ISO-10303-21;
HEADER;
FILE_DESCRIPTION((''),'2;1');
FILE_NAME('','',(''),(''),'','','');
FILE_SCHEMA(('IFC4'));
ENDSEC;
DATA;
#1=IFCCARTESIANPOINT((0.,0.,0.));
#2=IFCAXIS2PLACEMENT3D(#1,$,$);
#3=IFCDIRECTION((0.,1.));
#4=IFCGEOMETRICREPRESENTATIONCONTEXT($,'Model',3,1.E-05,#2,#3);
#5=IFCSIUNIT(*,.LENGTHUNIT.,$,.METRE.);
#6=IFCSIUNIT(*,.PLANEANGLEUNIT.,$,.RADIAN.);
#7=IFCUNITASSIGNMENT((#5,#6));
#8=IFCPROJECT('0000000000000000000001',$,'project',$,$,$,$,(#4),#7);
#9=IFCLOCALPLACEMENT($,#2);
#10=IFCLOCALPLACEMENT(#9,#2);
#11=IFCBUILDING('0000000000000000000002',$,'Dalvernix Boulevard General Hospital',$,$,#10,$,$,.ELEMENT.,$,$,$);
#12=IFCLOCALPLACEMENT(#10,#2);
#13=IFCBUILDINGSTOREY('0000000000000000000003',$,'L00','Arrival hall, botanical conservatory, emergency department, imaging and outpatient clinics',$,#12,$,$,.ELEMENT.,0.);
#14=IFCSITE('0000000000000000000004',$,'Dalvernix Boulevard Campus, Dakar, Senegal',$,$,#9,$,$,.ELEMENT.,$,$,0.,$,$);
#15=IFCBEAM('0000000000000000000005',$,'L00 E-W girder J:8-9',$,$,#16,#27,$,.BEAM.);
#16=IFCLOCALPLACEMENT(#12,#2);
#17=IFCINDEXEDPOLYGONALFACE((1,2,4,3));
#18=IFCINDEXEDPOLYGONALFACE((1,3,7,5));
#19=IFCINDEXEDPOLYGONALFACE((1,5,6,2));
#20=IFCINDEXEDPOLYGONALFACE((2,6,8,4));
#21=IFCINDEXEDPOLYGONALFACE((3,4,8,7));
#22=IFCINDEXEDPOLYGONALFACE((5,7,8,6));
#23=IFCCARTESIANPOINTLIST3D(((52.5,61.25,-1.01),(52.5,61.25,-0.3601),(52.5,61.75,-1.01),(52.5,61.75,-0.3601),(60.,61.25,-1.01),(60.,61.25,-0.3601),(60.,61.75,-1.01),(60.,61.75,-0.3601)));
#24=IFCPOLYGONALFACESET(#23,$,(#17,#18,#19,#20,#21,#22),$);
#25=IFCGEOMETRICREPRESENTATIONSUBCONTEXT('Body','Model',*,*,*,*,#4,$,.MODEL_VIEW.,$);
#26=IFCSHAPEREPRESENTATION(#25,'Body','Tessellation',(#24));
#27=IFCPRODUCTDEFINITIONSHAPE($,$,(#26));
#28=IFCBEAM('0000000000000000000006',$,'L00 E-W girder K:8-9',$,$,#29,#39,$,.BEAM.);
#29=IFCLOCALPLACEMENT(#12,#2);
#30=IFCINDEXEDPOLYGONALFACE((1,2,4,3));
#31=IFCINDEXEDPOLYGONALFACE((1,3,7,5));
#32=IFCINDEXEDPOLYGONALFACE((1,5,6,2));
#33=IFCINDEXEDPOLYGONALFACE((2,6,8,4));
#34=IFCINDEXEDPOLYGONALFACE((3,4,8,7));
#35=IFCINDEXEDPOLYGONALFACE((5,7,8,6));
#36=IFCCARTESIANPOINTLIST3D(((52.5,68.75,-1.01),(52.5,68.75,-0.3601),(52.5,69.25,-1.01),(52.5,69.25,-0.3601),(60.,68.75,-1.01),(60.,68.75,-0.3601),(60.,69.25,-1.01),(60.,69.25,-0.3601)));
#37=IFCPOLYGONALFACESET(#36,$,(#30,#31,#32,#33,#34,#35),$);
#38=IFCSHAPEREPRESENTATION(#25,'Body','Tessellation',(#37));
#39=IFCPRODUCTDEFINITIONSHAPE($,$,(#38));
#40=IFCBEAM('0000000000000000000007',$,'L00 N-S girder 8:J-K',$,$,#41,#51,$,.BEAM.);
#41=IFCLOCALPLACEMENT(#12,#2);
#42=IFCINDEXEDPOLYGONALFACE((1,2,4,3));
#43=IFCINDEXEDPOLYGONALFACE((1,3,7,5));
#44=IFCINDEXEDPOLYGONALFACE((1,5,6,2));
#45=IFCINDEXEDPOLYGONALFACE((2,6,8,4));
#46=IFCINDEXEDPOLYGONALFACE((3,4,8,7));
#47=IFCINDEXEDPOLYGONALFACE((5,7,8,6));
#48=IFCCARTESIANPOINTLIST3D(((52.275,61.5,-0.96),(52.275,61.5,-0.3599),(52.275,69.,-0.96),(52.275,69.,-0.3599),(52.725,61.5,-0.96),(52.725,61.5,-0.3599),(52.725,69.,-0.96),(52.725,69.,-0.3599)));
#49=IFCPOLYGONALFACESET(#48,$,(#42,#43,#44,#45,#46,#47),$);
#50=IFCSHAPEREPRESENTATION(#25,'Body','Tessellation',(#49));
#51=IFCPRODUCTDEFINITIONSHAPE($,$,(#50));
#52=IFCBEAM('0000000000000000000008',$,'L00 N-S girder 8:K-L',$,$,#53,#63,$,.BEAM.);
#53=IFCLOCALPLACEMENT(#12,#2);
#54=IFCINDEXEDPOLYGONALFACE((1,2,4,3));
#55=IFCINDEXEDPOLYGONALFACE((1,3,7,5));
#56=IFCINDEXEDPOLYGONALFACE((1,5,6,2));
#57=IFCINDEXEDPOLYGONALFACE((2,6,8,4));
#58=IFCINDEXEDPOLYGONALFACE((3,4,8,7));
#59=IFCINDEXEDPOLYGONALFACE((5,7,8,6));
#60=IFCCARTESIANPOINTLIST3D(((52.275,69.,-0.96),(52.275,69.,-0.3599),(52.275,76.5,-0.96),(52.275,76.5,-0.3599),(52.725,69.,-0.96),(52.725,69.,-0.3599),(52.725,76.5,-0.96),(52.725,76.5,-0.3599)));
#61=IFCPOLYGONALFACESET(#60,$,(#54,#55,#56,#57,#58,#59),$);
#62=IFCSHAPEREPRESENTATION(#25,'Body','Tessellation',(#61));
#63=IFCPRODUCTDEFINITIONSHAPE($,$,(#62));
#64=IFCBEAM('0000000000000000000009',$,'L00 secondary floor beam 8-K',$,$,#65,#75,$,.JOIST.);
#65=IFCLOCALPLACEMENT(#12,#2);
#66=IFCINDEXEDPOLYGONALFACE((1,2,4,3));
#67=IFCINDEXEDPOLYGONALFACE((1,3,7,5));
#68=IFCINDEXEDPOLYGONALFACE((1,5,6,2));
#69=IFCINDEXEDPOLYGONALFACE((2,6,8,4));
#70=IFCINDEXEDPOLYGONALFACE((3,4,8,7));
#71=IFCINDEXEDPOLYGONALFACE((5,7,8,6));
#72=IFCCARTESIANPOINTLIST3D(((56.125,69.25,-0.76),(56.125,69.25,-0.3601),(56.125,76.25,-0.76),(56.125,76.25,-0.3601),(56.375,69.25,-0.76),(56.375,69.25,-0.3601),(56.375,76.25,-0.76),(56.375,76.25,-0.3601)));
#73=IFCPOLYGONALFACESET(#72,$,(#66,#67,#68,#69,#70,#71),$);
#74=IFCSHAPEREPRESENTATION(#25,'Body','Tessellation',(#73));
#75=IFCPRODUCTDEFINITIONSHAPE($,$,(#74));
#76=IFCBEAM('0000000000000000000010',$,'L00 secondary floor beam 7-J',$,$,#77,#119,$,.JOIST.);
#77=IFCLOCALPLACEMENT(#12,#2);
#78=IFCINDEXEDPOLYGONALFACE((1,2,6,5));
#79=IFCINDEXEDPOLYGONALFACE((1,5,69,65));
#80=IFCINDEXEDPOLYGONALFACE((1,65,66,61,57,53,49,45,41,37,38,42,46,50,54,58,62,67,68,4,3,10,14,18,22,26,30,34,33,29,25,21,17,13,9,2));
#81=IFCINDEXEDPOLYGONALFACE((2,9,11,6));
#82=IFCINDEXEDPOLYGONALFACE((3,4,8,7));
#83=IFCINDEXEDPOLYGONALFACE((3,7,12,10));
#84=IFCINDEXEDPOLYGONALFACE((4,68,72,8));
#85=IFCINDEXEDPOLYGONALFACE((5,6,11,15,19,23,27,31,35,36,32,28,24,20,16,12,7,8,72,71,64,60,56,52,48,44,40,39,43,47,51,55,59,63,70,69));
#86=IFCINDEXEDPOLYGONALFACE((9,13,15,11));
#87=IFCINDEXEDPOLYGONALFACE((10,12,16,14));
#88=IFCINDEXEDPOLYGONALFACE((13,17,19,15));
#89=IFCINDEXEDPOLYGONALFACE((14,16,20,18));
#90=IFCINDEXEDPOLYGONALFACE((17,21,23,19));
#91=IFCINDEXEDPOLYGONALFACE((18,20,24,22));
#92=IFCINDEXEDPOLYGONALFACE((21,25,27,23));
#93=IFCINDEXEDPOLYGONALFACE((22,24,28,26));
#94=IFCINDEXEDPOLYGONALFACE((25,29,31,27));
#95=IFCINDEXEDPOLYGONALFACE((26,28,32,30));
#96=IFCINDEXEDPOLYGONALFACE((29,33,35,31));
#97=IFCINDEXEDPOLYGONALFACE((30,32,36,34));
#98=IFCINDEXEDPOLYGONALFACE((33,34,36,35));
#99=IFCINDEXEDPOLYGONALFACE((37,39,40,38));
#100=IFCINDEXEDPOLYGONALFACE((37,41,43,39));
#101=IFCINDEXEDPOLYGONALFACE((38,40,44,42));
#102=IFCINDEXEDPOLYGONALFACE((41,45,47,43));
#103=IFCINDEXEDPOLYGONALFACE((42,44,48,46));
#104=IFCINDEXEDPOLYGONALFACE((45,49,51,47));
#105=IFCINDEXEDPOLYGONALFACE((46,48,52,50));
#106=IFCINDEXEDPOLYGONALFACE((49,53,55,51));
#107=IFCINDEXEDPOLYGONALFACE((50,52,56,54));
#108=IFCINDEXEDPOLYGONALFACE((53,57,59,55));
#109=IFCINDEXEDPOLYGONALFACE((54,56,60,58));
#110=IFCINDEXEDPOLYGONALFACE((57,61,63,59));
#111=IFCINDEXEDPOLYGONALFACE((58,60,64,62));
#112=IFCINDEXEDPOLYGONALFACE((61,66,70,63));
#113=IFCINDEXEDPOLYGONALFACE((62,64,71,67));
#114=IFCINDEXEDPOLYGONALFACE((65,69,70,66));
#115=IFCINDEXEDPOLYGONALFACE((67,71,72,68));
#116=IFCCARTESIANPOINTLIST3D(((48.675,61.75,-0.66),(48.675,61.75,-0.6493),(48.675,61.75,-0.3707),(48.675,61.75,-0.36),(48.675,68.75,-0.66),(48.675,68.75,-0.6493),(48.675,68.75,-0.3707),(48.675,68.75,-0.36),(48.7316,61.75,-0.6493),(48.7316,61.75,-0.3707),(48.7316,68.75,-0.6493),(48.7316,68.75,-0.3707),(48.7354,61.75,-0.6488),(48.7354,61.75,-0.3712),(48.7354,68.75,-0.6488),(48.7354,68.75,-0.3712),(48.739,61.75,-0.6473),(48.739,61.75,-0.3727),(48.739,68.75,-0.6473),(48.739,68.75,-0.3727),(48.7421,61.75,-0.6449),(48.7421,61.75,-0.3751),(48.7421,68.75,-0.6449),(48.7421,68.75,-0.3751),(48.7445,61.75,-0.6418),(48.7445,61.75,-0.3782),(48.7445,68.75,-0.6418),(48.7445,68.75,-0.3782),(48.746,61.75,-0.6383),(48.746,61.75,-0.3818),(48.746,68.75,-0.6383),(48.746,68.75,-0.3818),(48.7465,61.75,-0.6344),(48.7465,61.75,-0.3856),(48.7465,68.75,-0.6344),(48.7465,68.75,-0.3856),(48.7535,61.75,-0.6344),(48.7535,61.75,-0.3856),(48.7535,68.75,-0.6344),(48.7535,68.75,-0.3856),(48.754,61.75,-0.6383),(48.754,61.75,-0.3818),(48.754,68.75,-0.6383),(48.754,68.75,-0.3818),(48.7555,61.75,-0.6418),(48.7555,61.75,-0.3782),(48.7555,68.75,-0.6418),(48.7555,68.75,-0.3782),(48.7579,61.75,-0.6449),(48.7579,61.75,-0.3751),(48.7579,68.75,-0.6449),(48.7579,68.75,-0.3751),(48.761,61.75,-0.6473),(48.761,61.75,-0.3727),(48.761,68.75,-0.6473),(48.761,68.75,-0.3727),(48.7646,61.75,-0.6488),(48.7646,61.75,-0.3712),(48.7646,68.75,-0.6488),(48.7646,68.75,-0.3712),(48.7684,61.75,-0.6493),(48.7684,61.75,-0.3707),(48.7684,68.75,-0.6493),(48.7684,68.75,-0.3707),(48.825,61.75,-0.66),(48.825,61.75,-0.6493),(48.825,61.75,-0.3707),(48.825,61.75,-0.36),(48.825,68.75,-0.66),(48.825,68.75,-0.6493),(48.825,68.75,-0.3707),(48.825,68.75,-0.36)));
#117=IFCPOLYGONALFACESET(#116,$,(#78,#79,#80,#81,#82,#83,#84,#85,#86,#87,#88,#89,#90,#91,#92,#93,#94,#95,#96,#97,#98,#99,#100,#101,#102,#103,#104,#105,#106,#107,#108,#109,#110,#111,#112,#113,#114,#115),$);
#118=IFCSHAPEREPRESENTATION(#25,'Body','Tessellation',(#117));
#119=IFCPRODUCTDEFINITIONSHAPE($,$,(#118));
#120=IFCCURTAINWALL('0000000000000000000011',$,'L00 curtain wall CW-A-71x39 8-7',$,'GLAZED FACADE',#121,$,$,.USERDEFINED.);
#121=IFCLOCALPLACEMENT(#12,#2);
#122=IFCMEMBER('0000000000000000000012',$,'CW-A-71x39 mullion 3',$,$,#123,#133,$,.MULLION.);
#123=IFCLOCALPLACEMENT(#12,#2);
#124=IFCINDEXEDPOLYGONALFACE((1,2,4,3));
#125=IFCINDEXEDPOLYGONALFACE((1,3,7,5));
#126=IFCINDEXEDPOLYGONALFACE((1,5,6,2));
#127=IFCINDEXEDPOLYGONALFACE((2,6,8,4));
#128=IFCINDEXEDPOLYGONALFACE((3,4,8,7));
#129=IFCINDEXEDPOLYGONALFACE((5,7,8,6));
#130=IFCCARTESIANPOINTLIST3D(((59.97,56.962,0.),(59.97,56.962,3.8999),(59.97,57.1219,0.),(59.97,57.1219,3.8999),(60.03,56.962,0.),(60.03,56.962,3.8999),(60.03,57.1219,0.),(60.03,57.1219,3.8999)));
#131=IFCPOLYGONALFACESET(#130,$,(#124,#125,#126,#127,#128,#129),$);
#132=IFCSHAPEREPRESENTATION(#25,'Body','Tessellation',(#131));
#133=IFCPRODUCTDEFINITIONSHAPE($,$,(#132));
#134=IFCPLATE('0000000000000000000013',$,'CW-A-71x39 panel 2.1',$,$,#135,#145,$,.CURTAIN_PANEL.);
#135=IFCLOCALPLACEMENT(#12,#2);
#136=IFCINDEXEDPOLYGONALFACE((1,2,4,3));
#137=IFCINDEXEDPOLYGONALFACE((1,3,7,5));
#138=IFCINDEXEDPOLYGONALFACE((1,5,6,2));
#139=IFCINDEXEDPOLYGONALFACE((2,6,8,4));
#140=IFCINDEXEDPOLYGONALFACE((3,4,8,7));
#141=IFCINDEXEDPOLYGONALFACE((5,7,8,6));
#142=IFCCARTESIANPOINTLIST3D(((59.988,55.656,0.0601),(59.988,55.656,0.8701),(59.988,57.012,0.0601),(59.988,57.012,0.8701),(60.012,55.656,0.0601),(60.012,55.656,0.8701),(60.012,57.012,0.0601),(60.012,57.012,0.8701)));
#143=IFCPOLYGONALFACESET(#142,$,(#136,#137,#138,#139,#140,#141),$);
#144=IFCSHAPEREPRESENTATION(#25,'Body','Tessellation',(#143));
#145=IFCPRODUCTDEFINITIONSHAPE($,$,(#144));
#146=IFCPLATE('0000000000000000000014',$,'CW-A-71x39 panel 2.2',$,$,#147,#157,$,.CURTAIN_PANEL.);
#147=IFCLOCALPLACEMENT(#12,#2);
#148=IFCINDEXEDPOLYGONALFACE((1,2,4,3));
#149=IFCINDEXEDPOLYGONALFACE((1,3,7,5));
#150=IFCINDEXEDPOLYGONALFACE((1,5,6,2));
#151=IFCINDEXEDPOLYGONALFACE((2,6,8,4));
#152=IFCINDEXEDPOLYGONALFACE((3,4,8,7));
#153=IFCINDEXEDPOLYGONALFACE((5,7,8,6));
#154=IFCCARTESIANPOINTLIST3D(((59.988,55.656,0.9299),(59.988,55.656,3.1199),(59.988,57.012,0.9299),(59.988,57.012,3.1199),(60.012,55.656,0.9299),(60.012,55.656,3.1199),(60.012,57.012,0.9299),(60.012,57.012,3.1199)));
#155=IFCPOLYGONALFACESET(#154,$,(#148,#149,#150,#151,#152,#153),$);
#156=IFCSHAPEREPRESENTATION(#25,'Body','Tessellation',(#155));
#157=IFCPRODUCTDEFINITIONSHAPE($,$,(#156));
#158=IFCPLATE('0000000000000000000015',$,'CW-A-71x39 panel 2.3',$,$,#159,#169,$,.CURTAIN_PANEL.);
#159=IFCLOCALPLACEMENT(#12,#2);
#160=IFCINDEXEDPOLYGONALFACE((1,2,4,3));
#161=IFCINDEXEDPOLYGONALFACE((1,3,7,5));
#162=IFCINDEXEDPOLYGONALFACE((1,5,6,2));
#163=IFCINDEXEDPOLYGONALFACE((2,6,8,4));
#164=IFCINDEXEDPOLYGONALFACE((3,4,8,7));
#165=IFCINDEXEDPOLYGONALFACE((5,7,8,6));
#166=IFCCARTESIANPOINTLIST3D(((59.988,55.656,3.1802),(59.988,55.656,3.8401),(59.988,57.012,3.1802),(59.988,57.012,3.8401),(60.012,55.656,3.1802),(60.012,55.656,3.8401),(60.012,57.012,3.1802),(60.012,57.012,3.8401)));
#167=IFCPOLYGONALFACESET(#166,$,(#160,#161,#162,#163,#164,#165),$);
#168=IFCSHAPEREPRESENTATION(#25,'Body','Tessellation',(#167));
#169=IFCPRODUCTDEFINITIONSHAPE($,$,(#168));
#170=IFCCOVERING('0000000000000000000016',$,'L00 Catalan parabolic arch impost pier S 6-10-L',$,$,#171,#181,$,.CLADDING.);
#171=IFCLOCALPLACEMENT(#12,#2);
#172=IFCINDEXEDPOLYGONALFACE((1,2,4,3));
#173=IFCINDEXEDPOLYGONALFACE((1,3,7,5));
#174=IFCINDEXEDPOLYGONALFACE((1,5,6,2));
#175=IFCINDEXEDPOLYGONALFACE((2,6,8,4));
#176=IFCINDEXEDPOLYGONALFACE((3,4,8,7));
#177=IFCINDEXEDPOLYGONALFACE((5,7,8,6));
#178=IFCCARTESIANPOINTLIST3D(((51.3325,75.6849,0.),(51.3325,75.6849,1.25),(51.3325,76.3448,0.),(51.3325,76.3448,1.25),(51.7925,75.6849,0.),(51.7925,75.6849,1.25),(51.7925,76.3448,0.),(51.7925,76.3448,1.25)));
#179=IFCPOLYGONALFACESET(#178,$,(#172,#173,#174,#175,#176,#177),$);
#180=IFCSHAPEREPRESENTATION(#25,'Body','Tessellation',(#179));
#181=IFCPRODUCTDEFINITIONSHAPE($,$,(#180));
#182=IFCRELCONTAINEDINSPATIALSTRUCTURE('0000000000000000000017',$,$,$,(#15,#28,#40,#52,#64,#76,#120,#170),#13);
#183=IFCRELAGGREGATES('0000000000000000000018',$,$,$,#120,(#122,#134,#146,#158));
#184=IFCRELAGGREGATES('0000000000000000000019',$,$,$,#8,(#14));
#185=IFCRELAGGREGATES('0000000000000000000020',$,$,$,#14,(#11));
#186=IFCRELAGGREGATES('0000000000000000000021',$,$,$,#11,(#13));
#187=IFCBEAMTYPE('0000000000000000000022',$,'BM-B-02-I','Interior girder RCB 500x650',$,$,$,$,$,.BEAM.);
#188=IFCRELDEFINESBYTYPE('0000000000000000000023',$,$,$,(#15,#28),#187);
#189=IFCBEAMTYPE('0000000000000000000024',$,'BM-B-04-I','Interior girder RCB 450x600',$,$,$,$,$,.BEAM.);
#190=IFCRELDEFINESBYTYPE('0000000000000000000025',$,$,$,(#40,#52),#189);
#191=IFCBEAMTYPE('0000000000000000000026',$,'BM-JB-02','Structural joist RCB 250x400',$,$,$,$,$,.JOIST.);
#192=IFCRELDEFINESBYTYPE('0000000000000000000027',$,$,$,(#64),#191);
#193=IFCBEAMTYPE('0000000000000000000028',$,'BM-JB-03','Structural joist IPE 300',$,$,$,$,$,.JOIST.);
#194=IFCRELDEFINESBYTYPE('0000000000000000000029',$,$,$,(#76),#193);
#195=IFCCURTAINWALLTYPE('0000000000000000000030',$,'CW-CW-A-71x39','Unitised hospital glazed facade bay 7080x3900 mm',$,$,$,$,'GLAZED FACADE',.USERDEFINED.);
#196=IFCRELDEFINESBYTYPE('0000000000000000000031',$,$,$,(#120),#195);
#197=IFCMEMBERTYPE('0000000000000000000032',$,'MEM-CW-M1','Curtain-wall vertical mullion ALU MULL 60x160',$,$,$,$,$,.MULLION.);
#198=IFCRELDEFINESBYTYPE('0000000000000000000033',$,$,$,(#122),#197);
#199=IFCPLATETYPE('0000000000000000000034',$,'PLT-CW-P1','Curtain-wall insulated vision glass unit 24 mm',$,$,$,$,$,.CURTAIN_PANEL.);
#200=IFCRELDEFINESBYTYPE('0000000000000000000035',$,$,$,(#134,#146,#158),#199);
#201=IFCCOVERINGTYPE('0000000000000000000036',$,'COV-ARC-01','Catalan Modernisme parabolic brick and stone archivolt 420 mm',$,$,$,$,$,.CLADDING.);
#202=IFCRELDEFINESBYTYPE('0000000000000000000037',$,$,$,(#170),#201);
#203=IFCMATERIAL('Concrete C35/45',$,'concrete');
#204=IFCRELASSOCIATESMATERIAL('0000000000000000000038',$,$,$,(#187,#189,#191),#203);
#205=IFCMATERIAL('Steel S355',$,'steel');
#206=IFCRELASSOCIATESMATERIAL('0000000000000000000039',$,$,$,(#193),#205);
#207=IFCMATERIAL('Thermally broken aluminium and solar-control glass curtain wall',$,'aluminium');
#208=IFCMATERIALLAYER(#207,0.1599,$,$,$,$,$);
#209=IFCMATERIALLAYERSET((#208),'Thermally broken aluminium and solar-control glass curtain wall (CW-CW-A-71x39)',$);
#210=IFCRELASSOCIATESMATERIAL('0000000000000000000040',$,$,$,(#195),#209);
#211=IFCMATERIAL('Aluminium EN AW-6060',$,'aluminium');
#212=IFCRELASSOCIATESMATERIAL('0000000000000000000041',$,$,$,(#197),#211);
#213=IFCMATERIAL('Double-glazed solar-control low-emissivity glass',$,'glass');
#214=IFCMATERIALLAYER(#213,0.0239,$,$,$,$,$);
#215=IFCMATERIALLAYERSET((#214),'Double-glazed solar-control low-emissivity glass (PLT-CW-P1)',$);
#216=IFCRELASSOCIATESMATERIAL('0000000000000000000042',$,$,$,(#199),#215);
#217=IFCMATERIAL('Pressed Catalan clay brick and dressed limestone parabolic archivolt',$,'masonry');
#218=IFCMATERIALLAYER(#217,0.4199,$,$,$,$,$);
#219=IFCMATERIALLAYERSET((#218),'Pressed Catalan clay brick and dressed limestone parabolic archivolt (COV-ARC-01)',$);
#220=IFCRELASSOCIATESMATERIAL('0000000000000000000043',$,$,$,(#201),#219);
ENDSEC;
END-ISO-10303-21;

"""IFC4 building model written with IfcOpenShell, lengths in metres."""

from ifc_helpers import new_model, si_unit, direction, frame, origin, origin_2d, place, context, subcontext, project, spatial, rectangle, i_section, extrude, material, layer, layer_set, material_profile, profile_set, type_object, element, aggregate, save


model = new_model("IFC4")

# Units and contexts
model_context = context("Model", 3, precision=1e-05, world=origin(), true_north=direction((0.0, 1.0)))
body_context = subcontext(model_context, "Body", "Model", "MODEL_VIEW")
ifc_project = project(units=[si_unit("LENGTHUNIT", "METRE"), si_unit("PLANEANGLEUNIT", "RADIAN")], contexts=[model_context])

# Site, building, storey
site_placement = place(None, origin())
site = spatial("IfcSite", under=ifc_project, at=site_placement, Name="Dalvernix Boulevard Campus, Dakar, Senegal", CompositionType="ELEMENT", RefElevation=0.0)
building_placement = place(site_placement, origin())
building = spatial("IfcBuilding", under=site, at=building_placement, Name="Dalvernix Boulevard General Hospital", CompositionType="ELEMENT")
storey_placement = place(building_placement, origin())
storey = spatial("IfcBuildingStorey", under=building, at=storey_placement, Name="L00", Description="Arrival hall, botanical conservatory, emergency department, imaging and outpatient clinics", CompositionType="ELEMENT", Elevation=0.0)

# Beams
ifc_material_1 = material(Name="Concrete C35/45", Category="concrete")
ifc_material_profile_1 = material_profile(ifc_material_1, rectangle(XDim=0.5, YDim=0.6499, at=origin_2d()), Name="RCB 500x650")
ifc_profile_set_1 = profile_set([ifc_material_profile_1], Name="Concrete C35/45")
beam_type_1 = type_object("IfcBeamType", Name="BM-B-02-I", Description="Interior girder RCB 500x650", PredefinedType="BEAM", material=ifc_profile_set_1)
for number, where, z_axis, x_axis, name in (
    (1, (52.5, 61.5, -0.6851), (1.0, 0.0, 0.0), (0.0, 1.0, 0.0), "L00 E-W girder J:8-9"),
    (2, (52.5, 69.0, -0.6851), (1.0, 0.0, 0.0), (0.0, 1.0, 0.0), "L00 E-W girder K:8-9"),
):
    element("IfcBeam", number, at=place(storey_placement, frame(where, z_axis=z_axis, x_axis=x_axis)), inside=storey, type_object=beam_type_1, Name=name, PredefinedType="BEAM", context=body_context, shape_type="SweptSolid", body=[
        extrude(rectangle(XDim=0.5, YDim=0.6499, at=origin_2d()), origin(), (0.0, 0.0, 1.0), 7.5),
    ])
ifc_material_profile_2 = material_profile(ifc_material_1, rectangle(XDim=0.45, YDim=0.6001, at=origin_2d()), Name="RCB 450x600")
ifc_profile_set_2 = profile_set([ifc_material_profile_2], Name="Concrete C35/45")
beam_type_2 = type_object("IfcBeamType", Name="BM-B-04-I", Description="Interior girder RCB 450x600", PredefinedType="BEAM", material=ifc_profile_set_2)
for number, where, z_axis, x_axis, name in (
    (3, (52.5, 61.5, -0.6599), (0.0, 1.0, 0.0), (-1.0, 0.0, 0.0), "L00 N-S girder 8:J-K"),
    (4, (52.5, 69.0, -0.6599), (0.0, 1.0, 0.0), (-1.0, 0.0, 0.0), "L00 N-S girder 8:K-L"),
):
    element("IfcBeam", number, at=place(storey_placement, frame(where, z_axis=z_axis, x_axis=x_axis)), inside=storey, type_object=beam_type_2, Name=name, PredefinedType="BEAM", context=body_context, shape_type="SweptSolid", body=[
        extrude(rectangle(XDim=0.45, YDim=0.6001, at=origin_2d()), origin(), (0.0, 0.0, 1.0), 7.5),
    ])
ifc_material_profile_3 = material_profile(ifc_material_1, rectangle(XDim=0.25, YDim=0.3999, at=origin_2d()), Name="RCB 250x400")
ifc_profile_set_3 = profile_set([ifc_material_profile_3], Name="Concrete C35/45")
beam_type_3 = type_object("IfcBeamType", Name="BM-JB-02", Description="Structural joist RCB 250x400", PredefinedType="JOIST", material=ifc_profile_set_3)
beam_1_placement = place(storey_placement, frame((56.25, 69.25, -0.5601), z_axis=(0.0, 1.0, 0.0), x_axis=(-1.0, 0.0, 0.0)))
element("IfcBeam", 5, at=beam_1_placement, inside=storey, type_object=beam_type_3, Name="L00 secondary floor beam 8-K", PredefinedType="JOIST", context=body_context, shape_type="SweptSolid", body=[
    extrude(rectangle(XDim=0.25, YDim=0.3999, at=origin_2d()), origin(), (0.0, 0.0, 1.0), 7.0),
])
ifc_material_2 = material(Name="Steel S355", Category="steel")
ifc_material_profile_4 = material_profile(ifc_material_2, i_section(OverallWidth=0.1499, OverallDepth=0.3, WebThickness=0.0071, FlangeThickness=0.0107, FilletRadius=0.0149, at=origin_2d()), Name="IPE 300")
ifc_profile_set_4 = profile_set([ifc_material_profile_4], Name="Steel S355")
beam_type_4 = type_object("IfcBeamType", Name="BM-JB-03", Description="Structural joist IPE 300", PredefinedType="JOIST", material=ifc_profile_set_4)
beam_2_placement = place(storey_placement, frame((48.75, 61.75, -0.51), z_axis=(0.0, 1.0, 0.0), x_axis=(-1.0, 0.0, 0.0)))
element("IfcBeam", 6, at=beam_2_placement, inside=storey, type_object=beam_type_4, Name="L00 secondary floor beam 7-J", PredefinedType="JOIST", context=body_context, shape_type="SweptSolid", body=[
    extrude(i_section(OverallWidth=0.1499, OverallDepth=0.3, WebThickness=0.0071, FlangeThickness=0.0107, FilletRadius=0.0149, at=origin_2d()), origin(), (0.0, 0.0, 1.0), 7.0),
])

# Curtain wall, member, plates
ifc_material_3 = material(Name="Thermally broken aluminium and solar-control glass curtain wall", Category="aluminium")
ifc_layer_1 = layer(ifc_material_3, 0.1599)
ifc_layer_set_1 = layer_set([ifc_layer_1], Name="Thermally broken aluminium and solar-control glass curtain wall (CW-CW-A-71x39)")
curtain_wall_type = type_object("IfcCurtainWallType", Name="CW-CW-A-71x39", Description="Unitised hospital glazed facade bay 7080x3900 mm", ElementType="GLAZED FACADE", PredefinedType="USERDEFINED", material=ifc_layer_set_1)
curtain_wall_placement = place(storey_placement, origin())
curtain_wall = element("IfcCurtainWall", 7, at=curtain_wall_placement, inside=storey, type_object=curtain_wall_type, Name="L00 curtain wall CW-A-71x39 8-7", ObjectType="GLAZED FACADE", PredefinedType="USERDEFINED")
ifc_material_4 = material(Name="Aluminium EN AW-6060", Category="aluminium")
ifc_material_profile_5 = material_profile(ifc_material_4, rectangle(XDim=0.0601, YDim=0.1599, at=origin_2d()), Name="ALU MULL 60x160")
ifc_profile_set_5 = profile_set([ifc_material_profile_5], Name="Aluminium EN AW-6060")
member_type = type_object("IfcMemberType", Name="MEM-CW-M1", Description="Curtain-wall vertical mullion ALU MULL 60x160", PredefinedType="MULLION", material=ifc_profile_set_5)
member_placement = place(storey_placement, frame((60.0, 57.042, 0.0), z_axis=(0.0, 0.0, 1.0), x_axis=(-1.0, 0.0, 0.0)))
member = element("IfcMember", 8, at=member_placement, type_object=member_type, Name="CW-A-71x39 mullion 3", PredefinedType="MULLION", context=body_context, shape_type="SweptSolid", body=[
    extrude(rectangle(XDim=0.0601, YDim=0.1599, at=origin_2d()), origin(), (0.0, 0.0, 1.0), 3.8999),
])
ifc_material_5 = material(Name="Double-glazed solar-control low-emissivity glass", Category="glass")
ifc_layer_2 = layer(ifc_material_5, 0.0239)
ifc_layer_set_2 = layer_set([ifc_layer_2], Name="Double-glazed solar-control low-emissivity glass (PLT-CW-P1)")
plate_type = type_object("IfcPlateType", Name="PLT-CW-P1", Description="Curtain-wall insulated vision glass unit 24 mm", PredefinedType="CURTAIN_PANEL", material=ifc_layer_set_2)
plate_1_placement = place(storey_placement, frame((60.0, 56.334, 0.0601), z_axis=(0.0, 0.0, 1.0), x_axis=(0.0, 1.0, 0.0)))
plate_1 = element("IfcPlate", 9, at=plate_1_placement, type_object=plate_type, Name="CW-A-71x39 panel 2.1", PredefinedType="CURTAIN_PANEL", context=body_context, shape_type="SweptSolid", body=[
    extrude(rectangle(XDim=1.356, YDim=0.0239, at=origin_2d()), origin(), (0.0, 0.0, 1.0), 0.8101),
])
plate_2_placement = place(storey_placement, frame((60.0, 56.334, 0.9299), z_axis=(0.0, 0.0, 1.0), x_axis=(0.0, 1.0, 0.0)))
plate_2 = element("IfcPlate", 10, at=plate_2_placement, type_object=plate_type, Name="CW-A-71x39 panel 2.2", PredefinedType="CURTAIN_PANEL", context=body_context, shape_type="SweptSolid", body=[
    extrude(rectangle(XDim=1.356, YDim=0.0239, at=origin_2d()), origin(), (0.0, 0.0, 1.0), 2.1899),
])
plate_3_placement = place(storey_placement, frame((60.0, 56.334, 3.1802), z_axis=(0.0, 0.0, 1.0), x_axis=(0.0, 1.0, 0.0)))
plate_3 = element("IfcPlate", 11, at=plate_3_placement, type_object=plate_type, Name="CW-A-71x39 panel 2.3", PredefinedType="CURTAIN_PANEL", context=body_context, shape_type="SweptSolid", body=[
    extrude(rectangle(XDim=1.356, YDim=0.0239, at=origin_2d()), origin(), (0.0, 0.0, 1.0), 0.6599),
])
aggregate(curtain_wall, [member, plate_1, plate_2, plate_3])

# Covering
ifc_material_6 = material(Name="Pressed Catalan clay brick and dressed limestone parabolic archivolt", Category="masonry")
ifc_layer_3 = layer(ifc_material_6, 0.4199)
ifc_layer_set_3 = layer_set([ifc_layer_3], Name="Pressed Catalan clay brick and dressed limestone parabolic archivolt (COV-ARC-01)")
covering_type_1 = type_object("IfcCoveringType", Name="COV-ARC-01", Description="Catalan Modernisme parabolic brick and stone archivolt 420 mm", PredefinedType="CLADDING", material=ifc_layer_set_3)
covering_1_placement = place(storey_placement, frame((51.5625, 76.0149, 0.0), z_axis=(0.0, 0.0, 1.0), x_axis=(-1.0, 0.0, 0.0)))
element("IfcCovering", 12, at=covering_1_placement, inside=storey, type_object=covering_type_1, Name="L00 Catalan parabolic arch impost pier S 6-10-L", PredefinedType="CLADDING", context=body_context, shape_type="SweptSolid", body=[
    extrude(rectangle(XDim=0.46, YDim=0.6599, at=origin_2d()), origin(), (0.0, 0.0, 1.0), 1.25),
])

save(model, "model.ifc")
